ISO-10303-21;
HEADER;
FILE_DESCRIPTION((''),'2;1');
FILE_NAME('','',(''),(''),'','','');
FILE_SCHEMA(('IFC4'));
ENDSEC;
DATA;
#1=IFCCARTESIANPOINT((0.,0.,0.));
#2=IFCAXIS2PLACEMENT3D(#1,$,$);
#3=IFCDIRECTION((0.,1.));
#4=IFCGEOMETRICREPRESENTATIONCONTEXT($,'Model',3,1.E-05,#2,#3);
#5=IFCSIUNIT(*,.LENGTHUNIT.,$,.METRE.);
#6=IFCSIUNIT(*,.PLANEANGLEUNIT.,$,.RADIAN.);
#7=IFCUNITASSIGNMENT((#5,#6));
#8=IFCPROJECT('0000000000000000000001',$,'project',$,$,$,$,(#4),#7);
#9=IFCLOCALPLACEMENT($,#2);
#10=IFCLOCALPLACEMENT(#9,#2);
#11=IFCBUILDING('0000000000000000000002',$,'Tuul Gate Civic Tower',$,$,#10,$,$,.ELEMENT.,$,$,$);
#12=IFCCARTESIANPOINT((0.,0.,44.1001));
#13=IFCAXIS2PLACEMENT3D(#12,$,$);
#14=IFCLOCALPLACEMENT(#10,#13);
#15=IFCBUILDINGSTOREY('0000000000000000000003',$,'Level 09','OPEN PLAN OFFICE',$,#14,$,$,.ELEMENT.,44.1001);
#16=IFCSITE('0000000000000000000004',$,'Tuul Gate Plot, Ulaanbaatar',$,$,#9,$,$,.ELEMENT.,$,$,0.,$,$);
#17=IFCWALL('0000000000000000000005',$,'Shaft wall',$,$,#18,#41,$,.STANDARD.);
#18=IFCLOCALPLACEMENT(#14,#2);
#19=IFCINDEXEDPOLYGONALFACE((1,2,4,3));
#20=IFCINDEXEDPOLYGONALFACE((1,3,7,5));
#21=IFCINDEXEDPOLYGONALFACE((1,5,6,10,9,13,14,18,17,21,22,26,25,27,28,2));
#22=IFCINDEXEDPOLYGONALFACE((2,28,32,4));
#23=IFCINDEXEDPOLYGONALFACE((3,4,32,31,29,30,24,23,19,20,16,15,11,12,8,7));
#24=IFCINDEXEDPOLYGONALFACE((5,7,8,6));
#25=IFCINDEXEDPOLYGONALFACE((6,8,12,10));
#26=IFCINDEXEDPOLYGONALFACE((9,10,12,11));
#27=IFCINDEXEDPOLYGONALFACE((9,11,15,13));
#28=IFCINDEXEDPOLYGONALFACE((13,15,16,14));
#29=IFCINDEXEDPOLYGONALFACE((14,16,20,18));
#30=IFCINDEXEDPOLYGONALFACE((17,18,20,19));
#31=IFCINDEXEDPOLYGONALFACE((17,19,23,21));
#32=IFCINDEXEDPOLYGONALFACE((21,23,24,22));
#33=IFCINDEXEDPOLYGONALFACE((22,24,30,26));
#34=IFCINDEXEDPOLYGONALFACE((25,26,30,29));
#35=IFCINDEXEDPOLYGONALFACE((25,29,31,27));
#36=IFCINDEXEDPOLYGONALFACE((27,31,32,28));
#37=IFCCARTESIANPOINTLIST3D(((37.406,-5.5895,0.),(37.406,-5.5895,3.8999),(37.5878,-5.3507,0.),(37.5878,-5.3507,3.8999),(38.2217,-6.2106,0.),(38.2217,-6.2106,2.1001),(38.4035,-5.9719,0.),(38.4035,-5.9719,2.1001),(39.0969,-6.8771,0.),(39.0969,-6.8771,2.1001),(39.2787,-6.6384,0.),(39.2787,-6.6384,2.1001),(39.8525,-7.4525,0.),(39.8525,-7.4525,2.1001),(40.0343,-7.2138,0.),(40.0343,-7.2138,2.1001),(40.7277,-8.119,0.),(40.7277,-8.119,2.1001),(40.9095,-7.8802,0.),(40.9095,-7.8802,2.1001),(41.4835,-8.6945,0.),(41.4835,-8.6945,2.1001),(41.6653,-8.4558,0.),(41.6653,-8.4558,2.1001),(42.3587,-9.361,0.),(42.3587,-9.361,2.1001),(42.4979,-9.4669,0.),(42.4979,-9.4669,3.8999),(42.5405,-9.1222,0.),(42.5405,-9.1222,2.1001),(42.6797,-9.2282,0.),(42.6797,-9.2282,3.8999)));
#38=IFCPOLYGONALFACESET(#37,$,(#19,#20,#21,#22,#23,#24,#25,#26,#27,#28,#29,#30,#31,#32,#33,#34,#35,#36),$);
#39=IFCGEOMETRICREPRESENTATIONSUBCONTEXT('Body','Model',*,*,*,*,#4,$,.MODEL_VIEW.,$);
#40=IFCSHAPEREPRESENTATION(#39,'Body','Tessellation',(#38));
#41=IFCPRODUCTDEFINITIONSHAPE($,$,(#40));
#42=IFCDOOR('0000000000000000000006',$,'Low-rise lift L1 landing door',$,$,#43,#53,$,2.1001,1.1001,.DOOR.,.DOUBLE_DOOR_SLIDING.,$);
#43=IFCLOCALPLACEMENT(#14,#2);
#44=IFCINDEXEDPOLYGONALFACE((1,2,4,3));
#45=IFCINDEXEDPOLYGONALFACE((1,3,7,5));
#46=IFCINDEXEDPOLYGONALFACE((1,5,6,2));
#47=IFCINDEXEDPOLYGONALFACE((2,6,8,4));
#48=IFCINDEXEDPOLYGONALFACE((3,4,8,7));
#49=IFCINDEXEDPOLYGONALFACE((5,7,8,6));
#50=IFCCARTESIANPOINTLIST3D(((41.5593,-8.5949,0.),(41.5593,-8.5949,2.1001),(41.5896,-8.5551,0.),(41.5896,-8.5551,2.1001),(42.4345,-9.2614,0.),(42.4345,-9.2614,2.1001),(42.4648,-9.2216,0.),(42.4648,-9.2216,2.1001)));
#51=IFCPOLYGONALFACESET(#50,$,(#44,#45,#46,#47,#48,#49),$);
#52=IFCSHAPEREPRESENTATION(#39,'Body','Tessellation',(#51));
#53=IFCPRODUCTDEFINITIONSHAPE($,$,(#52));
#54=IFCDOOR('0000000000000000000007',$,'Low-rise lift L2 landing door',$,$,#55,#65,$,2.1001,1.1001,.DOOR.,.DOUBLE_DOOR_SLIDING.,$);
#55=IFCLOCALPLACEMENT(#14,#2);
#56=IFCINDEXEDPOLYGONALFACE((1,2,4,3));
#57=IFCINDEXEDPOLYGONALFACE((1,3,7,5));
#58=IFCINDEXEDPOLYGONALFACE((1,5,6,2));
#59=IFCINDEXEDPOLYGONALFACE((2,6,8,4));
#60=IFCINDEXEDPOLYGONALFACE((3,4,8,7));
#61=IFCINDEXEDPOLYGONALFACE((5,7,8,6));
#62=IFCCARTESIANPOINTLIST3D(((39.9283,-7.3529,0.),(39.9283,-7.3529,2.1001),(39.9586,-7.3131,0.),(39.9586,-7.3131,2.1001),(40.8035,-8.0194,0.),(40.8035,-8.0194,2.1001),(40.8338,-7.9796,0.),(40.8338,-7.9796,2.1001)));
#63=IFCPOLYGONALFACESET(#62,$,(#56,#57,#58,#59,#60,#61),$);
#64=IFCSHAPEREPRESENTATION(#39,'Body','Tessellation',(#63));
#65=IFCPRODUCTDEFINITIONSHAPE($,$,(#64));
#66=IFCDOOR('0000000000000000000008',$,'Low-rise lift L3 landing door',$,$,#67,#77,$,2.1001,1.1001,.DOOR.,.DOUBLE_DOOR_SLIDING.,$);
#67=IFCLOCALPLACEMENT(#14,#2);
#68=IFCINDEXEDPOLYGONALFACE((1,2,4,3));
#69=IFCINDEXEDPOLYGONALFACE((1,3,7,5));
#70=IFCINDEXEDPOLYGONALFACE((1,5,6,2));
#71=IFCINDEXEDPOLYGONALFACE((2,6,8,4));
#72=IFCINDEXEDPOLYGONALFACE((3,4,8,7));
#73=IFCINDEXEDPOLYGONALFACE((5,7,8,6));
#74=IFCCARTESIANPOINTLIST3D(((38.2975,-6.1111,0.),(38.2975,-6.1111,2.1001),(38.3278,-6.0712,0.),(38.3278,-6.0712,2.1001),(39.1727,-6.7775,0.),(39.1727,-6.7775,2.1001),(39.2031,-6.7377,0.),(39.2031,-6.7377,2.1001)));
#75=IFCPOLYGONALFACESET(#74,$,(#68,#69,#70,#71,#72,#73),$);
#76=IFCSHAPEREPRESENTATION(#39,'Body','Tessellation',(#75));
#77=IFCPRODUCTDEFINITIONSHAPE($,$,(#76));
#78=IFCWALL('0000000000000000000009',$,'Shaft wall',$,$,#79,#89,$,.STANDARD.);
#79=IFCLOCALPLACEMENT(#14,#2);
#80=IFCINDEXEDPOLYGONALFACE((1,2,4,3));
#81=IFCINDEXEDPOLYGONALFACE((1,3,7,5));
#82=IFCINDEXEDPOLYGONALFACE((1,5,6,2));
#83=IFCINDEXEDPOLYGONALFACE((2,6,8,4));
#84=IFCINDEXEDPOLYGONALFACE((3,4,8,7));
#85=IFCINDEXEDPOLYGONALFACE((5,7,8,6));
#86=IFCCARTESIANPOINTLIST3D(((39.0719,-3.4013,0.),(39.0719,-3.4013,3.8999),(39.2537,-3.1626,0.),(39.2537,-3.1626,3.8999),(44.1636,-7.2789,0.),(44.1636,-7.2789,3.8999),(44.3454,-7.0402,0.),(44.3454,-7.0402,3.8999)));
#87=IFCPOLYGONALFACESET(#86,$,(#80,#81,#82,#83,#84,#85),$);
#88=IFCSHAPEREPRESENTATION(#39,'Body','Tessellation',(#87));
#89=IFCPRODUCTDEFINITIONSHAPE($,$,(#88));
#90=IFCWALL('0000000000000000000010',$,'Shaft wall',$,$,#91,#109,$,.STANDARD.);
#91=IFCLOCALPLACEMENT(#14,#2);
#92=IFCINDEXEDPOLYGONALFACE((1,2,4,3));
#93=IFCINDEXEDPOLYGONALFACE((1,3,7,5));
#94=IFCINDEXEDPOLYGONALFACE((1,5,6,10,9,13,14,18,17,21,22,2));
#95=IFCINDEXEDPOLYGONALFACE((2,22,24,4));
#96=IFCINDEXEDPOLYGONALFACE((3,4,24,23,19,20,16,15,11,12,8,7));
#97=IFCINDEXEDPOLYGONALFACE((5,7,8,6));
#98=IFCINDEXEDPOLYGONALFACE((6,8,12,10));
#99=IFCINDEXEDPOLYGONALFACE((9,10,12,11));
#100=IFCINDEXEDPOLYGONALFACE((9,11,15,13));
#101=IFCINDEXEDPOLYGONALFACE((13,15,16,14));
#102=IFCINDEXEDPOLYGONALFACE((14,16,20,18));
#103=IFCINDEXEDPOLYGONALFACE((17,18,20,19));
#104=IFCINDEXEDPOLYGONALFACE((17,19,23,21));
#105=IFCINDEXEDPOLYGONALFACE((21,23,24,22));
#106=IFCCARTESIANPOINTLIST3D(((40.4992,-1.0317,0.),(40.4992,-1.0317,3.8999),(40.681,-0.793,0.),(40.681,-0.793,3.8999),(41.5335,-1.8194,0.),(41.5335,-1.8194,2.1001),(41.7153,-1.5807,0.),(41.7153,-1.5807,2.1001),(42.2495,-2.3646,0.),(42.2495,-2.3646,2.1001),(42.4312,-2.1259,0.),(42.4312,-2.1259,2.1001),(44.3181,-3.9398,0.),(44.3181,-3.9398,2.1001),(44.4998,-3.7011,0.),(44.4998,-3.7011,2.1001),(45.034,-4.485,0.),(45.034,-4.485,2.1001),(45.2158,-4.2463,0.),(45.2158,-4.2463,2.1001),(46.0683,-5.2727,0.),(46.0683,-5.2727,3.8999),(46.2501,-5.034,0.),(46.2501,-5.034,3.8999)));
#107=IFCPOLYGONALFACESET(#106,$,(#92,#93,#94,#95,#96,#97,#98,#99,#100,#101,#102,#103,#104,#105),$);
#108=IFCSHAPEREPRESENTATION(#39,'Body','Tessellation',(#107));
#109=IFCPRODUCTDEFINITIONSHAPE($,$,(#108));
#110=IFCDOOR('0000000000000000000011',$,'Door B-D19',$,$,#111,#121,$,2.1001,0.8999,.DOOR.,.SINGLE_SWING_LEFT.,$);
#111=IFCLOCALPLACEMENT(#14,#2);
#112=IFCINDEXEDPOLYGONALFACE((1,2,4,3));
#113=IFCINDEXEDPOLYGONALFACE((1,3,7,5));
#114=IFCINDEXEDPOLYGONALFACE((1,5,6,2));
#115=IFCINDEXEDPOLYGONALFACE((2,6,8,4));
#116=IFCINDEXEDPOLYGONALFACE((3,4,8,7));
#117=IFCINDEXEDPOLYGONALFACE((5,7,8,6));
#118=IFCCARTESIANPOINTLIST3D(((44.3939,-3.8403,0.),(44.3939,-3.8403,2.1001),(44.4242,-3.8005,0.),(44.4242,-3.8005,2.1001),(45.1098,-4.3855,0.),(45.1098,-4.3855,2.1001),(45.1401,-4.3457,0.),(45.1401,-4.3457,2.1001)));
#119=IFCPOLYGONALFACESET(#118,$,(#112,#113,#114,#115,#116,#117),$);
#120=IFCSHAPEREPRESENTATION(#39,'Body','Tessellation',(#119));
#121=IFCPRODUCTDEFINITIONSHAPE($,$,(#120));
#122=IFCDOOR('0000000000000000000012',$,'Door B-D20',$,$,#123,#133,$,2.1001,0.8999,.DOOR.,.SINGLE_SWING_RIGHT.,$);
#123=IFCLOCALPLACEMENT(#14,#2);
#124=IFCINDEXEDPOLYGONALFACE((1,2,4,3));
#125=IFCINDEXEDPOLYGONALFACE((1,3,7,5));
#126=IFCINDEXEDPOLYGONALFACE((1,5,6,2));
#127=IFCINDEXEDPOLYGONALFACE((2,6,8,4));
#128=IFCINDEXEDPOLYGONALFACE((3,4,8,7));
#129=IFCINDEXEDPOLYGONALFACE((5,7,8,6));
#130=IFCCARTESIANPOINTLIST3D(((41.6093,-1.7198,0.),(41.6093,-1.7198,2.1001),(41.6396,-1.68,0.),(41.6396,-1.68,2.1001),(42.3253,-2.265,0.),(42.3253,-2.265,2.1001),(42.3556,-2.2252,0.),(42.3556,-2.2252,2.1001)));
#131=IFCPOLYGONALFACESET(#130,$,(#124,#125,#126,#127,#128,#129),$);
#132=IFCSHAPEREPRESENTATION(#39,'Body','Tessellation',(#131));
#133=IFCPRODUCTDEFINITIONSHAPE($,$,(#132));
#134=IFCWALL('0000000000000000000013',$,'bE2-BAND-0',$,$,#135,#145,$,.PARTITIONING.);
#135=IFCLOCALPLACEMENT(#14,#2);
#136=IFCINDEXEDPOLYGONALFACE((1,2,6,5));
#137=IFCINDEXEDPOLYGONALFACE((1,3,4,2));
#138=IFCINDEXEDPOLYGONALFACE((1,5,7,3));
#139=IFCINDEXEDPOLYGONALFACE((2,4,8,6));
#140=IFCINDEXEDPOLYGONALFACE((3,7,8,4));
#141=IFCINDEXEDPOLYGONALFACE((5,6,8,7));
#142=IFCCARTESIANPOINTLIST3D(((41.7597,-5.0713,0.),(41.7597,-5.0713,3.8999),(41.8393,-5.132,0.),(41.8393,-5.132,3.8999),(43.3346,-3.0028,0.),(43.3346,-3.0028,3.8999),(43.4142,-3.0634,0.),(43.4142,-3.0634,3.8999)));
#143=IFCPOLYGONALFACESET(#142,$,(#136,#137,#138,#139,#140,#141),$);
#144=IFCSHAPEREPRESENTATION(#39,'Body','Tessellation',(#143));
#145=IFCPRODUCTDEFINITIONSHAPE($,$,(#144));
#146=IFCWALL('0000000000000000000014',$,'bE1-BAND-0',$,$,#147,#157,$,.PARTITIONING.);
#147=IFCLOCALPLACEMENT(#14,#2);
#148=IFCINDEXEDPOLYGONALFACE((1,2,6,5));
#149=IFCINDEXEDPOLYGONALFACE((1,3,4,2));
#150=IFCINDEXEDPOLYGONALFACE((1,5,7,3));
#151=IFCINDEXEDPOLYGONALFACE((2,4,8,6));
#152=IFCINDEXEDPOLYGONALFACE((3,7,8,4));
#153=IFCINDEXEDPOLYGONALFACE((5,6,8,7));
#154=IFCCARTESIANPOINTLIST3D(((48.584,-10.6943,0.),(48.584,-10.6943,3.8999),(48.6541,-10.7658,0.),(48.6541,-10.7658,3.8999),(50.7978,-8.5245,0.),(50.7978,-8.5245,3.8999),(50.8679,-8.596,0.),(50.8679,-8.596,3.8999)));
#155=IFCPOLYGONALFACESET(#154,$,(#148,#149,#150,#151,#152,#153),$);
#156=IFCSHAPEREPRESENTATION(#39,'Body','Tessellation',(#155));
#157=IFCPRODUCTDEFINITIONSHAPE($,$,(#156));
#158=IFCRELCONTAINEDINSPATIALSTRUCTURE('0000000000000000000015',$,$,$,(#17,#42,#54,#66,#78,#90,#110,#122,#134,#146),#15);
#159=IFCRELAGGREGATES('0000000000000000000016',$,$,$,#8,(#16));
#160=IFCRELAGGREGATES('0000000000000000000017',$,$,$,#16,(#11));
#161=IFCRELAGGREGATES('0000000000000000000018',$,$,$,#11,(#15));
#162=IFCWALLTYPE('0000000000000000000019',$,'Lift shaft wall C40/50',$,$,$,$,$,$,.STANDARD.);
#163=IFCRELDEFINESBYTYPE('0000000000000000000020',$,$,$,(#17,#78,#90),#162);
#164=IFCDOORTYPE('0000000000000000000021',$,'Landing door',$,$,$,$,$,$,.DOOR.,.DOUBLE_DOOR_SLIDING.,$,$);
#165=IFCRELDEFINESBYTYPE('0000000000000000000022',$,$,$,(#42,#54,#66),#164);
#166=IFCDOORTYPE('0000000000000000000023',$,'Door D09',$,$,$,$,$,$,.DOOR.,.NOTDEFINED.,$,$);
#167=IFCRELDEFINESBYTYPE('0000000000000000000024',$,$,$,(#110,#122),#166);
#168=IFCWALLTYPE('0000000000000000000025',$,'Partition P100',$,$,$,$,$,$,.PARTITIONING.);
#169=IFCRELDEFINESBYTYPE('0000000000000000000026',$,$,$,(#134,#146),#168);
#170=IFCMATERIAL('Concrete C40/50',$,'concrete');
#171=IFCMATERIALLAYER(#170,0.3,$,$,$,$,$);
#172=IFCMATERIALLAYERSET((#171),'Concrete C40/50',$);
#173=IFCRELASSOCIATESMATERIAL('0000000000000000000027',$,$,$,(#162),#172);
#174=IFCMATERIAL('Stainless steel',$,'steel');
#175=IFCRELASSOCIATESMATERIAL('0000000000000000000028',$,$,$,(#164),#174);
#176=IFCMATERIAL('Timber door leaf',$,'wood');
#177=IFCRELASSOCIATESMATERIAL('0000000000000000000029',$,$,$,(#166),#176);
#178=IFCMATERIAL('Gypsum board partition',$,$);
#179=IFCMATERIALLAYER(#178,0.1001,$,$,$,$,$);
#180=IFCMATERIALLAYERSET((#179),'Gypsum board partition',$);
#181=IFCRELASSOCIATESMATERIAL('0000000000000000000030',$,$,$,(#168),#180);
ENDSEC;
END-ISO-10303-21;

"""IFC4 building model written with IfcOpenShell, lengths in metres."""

from ifc_helpers import new_model, si_unit, direction, frame, frame_2d, origin, place, context, subcontext, project, spatial, rectangle, extrude, material, layer, layer_set, type_object, element, fill, save


model = new_model("IFC4")

# Units and contexts
model_context = context("Model", 3, precision=1e-05, world=origin(), true_north=direction((0.0, 1.0)))
body_context = subcontext(model_context, "Body", "Model", "MODEL_VIEW")
ifc_project = project(units=[si_unit("LENGTHUNIT", "METRE"), si_unit("PLANEANGLEUNIT", "RADIAN")], contexts=[model_context])

# Site, building, storey
site_placement = place(None, origin())
site = spatial("IfcSite", under=ifc_project, at=site_placement, Name="Tuul Gate Plot, Ulaanbaatar", CompositionType="ELEMENT", RefElevation=0.0)
building_placement = place(site_placement, origin())
building = spatial("IfcBuilding", under=site, at=building_placement, Name="Tuul Gate Civic Tower", CompositionType="ELEMENT")
storey_placement = place(building_placement, frame((0.0, 0.0, 44.1001)))
storey = spatial("IfcBuildingStorey", under=building, at=storey_placement, Name="Level 09", Description="OPEN PLAN OFFICE", CompositionType="ELEMENT", Elevation=44.1001)

# Wall, openings, doors
ifc_material_1 = material(Name="Concrete C40/50", Category="concrete")
ifc_layer_1 = layer(ifc_material_1, 0.3)
ifc_layer_set_1 = layer_set([ifc_layer_1], Name="Concrete C40/50")
wall_type_1 = type_object("IfcWallType", Name="Lift shaft wall C40/50", PredefinedType="STANDARD", material=ifc_layer_set_1)
wall_1_placement = place(storey_placement, frame((42.5889, -9.3477, 0.0), z_axis=(0.0, 0.0, 1.0), x_axis=(-0.795584, 0.605843, 0.0)))
wall_1 = element("IfcWall", 1, at=wall_1_placement, inside=storey, type_object=wall_type_1, Name="Shaft wall", PredefinedType="STANDARD", context=body_context, shape_type="SweptSolid", body=[
    extrude(rectangle(XDim=6.4001, YDim=0.3, at=frame_2d((3.2002, 0.0))), origin(), (0.0, 0.0, 1.0), 3.8999),
])
opening_1_placement = place(wall_1_placement, frame((0.175, 0.0, 0.0)))
opening_1 = element("IfcOpeningElement", 2, at=opening_1_placement, cuts=wall_1, PredefinedType="OPENING", context=body_context, shape_type="SweptSolid", body=[
    extrude(rectangle(XDim=1.1001, YDim=2.1001, at=frame_2d((0.55, 1.05))), frame((0.0, 0.1602, 0.0), z_axis=(0.0, -1.0, 0.0), x_axis=(1.0, 0.0, 0.0)), (0.0, 0.0, 1.0), 0.3201),
])
opening_2_placement = place(wall_1_placement, frame((2.2251, 0.0, 0.0)))
opening_2 = element("IfcOpeningElement", 3, at=opening_2_placement, cuts=wall_1, PredefinedType="OPENING", context=body_context, shape_type="SweptSolid", body=[
    extrude(rectangle(XDim=1.1001, YDim=2.1001, at=frame_2d((0.55, 1.05))), frame((0.0, 0.1602, 0.0), z_axis=(0.0, -1.0, 0.0), x_axis=(1.0, 0.0, 0.0)), (0.0, 0.0, 1.0), 0.3201),
])
opening_3_placement = place(wall_1_placement, frame((4.2749, 0.0, 0.0)))
opening_3 = element("IfcOpeningElement", 4, at=opening_3_placement, cuts=wall_1, PredefinedType="OPENING", context=body_context, shape_type="SweptSolid", body=[
    extrude(rectangle(XDim=1.1001, YDim=2.1001, at=frame_2d((0.55, 1.05))), frame((0.0, 0.1602, 0.0), z_axis=(0.0, -1.0, 0.0), x_axis=(1.0, 0.0, 0.0)), (0.0, 0.0, 1.0), 0.3201),
])
ifc_material_2 = material(Name="Stainless steel", Category="steel")
door_type_1 = type_object("IfcDoorType", Name="Landing door", OperationType="DOUBLE_DOOR_SLIDING", PredefinedType="DOOR", material=ifc_material_2)
door_1_placement = place(opening_1_placement, origin())
door_1 = element("IfcDoor", 5, at=door_1_placement, inside=storey, type_object=door_type_1, Name="Low-rise lift L1 landing door", OperationType="DOUBLE_DOOR_SLIDING", OverallHeight=2.1001, OverallWidth=1.1001, PredefinedType="DOOR", context=body_context, shape_type="SweptSolid", body=[
    extrude(rectangle(XDim=1.1001, YDim=2.1001, at=frame_2d((0.55, 1.05))), frame((0.0, 0.0249, 0.0), z_axis=(0.0, -1.0, 0.0), x_axis=(1.0, 0.0, 0.0)), (0.0, 0.0, 1.0), 0.05),
])
fill(opening_1, door_1)
door_2_placement = place(opening_2_placement, origin())
door_2 = element("IfcDoor", 6, at=door_2_placement, inside=storey, type_object=door_type_1, Name="Low-rise lift L2 landing door", OperationType="DOUBLE_DOOR_SLIDING", OverallHeight=2.1001, OverallWidth=1.1001, PredefinedType="DOOR", context=body_context, shape_type="SweptSolid", body=[
    extrude(rectangle(XDim=1.1001, YDim=2.1001, at=frame_2d((0.55, 1.05))), frame((0.0, 0.0249, 0.0), z_axis=(0.0, -1.0, 0.0), x_axis=(1.0, 0.0, 0.0)), (0.0, 0.0, 1.0), 0.05),
])
fill(opening_2, door_2)
door_3_placement = place(opening_3_placement, origin())
door_3 = element("IfcDoor", 7, at=door_3_placement, inside=storey, type_object=door_type_1, Name="Low-rise lift L3 landing door", OperationType="DOUBLE_DOOR_SLIDING", OverallHeight=2.1001, OverallWidth=1.1001, PredefinedType="DOOR", context=body_context, shape_type="SweptSolid", body=[
    extrude(rectangle(XDim=1.1001, YDim=2.1001, at=frame_2d((0.55, 1.05))), frame((0.0, 0.0249, 0.0), z_axis=(0.0, -1.0, 0.0), x_axis=(1.0, 0.0, 0.0)), (0.0, 0.0, 1.0), 0.05),
])
fill(opening_3, door_3)

# Wall
wall_2_placement = place(storey_placement, frame((44.2546, -7.1597, 0.0), z_axis=(0.0, 0.0, 1.0), x_axis=(-0.795566, 0.605867, 0.0)))
element("IfcWall", 8, at=wall_2_placement, inside=storey, type_object=wall_type_1, Name="Shaft wall", PredefinedType="STANDARD", context=body_context, shape_type="SweptSolid", body=[
    extrude(rectangle(XDim=6.4001, YDim=0.3, at=frame_2d((3.2002, 0.0))), origin(), (0.0, 0.0, 1.0), 3.8999),
])

# Wall, openings, doors
wall_3_placement = place(storey_placement, frame((46.1592, -5.1533, 0.0), z_axis=(0.0, 0.0, 1.0), x_axis=(-0.79558, 0.605849, 0.0)))
wall_3 = element("IfcWall", 9, at=wall_3_placement, inside=storey, type_object=wall_type_1, Name="Shaft wall", PredefinedType="STANDARD", context=body_context, shape_type="SweptSolid", body=[
    extrude(rectangle(XDim=7.0, YDim=0.3, at=frame_2d((3.5, 0.0))), origin(), (0.0, 0.0, 1.0), 3.8999),
])
opening_4_placement = place(wall_3_placement, frame((1.3, 0.0, 0.0)))
opening_4 = element("IfcOpeningElement", 10, at=opening_4_placement, cuts=wall_3, PredefinedType="OPENING", context=body_context, shape_type="SweptSolid", body=[
    extrude(rectangle(XDim=0.8999, YDim=2.1001, at=frame_2d((0.45, 1.05))), frame((0.0, 0.1602, 0.0), z_axis=(0.0, -1.0, 0.0), x_axis=(1.0, 0.0, 0.0)), (0.0, 0.0, 1.0), 0.3201),
])
opening_5_placement = place(wall_3_placement, frame((4.8, 0.0, 0.0)))
opening_5 = element("IfcOpeningElement", 11, at=opening_5_placement, cuts=wall_3, PredefinedType="OPENING", context=body_context, shape_type="SweptSolid", body=[
    extrude(rectangle(XDim=0.8999, YDim=2.1001, at=frame_2d((0.45, 1.05))), frame((0.0, 0.1602, 0.0), z_axis=(0.0, -1.0, 0.0), x_axis=(1.0, 0.0, 0.0)), (0.0, 0.0, 1.0), 0.3201),
])
ifc_material_3 = material(Name="Timber door leaf", Category="wood")
door_type_2 = type_object("IfcDoorType", Name="Door D09", OperationType="NOTDEFINED", PredefinedType="DOOR", material=ifc_material_3)
door_4_placement = place(opening_4_placement, origin())
door_4 = element("IfcDoor", 12, at=door_4_placement, inside=storey, type_object=door_type_2, Name="Door B-D19", OperationType="SINGLE_SWING_LEFT", OverallHeight=2.1001, OverallWidth=0.8999, PredefinedType="DOOR", context=body_context, shape_type="SweptSolid", body=[
    extrude(rectangle(XDim=0.8999, YDim=2.1001, at=frame_2d((0.45, 1.05))), frame((0.0, 0.0249, 0.0), z_axis=(0.0, -1.0, 0.0), x_axis=(1.0, 0.0, 0.0)), (0.0, 0.0, 1.0), 0.05),
])
fill(opening_4, door_4)
door_5_placement = place(opening_5_placement, origin())
door_5 = element("IfcDoor", 13, at=door_5_placement, inside=storey, type_object=door_type_2, Name="Door B-D20", OperationType="SINGLE_SWING_RIGHT", OverallHeight=2.1001, OverallWidth=0.8999, PredefinedType="DOOR", context=body_context, shape_type="SweptSolid", body=[
    extrude(rectangle(XDim=0.8999, YDim=2.1001, at=frame_2d((0.45, 1.05))), frame((0.0, 0.0249, 0.0), z_axis=(0.0, -1.0, 0.0), x_axis=(1.0, 0.0, 0.0)), (0.0, 0.0, 1.0), 0.05),
])
fill(opening_5, door_5)

# Walls
ifc_material_4 = material(Name="Gypsum board partition")
ifc_layer_2 = layer(ifc_material_4, 0.1001)
ifc_layer_set_2 = layer_set([ifc_layer_2], Name="Gypsum board partition")
wall_type_2 = type_object("IfcWallType", Name="Partition P100", PredefinedType="PARTITIONING", material=ifc_layer_set_2)
wall_4_placement = place(storey_placement, frame((41.7996, -5.1016, 0.0), z_axis=(0.0, 0.0, 1.0), x_axis=(0.605769, 0.795641, 0.0)))
element("IfcWall", 14, at=wall_4_placement, inside=storey, type_object=wall_type_2, Name="bE2-BAND-0", PredefinedType="PARTITIONING", context=body_context, shape_type="SweptSolid", body=[
    extrude(rectangle(XDim=2.5999, YDim=0.1001, at=frame_2d((1.2998, 0.0))), origin(), (0.0, 0.0, 1.0), 3.8999),
])
wall_5_placement = place(storey_placement, frame((48.6191, -10.73, 0.0), z_axis=(0.0, 0.0, 1.0), x_axis=(0.714159, 0.699983, 0.0)))
element("IfcWall", 15, at=wall_5_placement, inside=storey, type_object=wall_type_2, Name="bE1-BAND-0", PredefinedType="PARTITIONING", context=body_context, shape_type="SweptSolid", body=[
    extrude(rectangle(XDim=3.0999, YDim=0.1001, at=frame_2d((1.5498, 0.0))), origin(), (0.0, 0.0, 1.0), 3.8999),
])

save(model, "model.ifc")
